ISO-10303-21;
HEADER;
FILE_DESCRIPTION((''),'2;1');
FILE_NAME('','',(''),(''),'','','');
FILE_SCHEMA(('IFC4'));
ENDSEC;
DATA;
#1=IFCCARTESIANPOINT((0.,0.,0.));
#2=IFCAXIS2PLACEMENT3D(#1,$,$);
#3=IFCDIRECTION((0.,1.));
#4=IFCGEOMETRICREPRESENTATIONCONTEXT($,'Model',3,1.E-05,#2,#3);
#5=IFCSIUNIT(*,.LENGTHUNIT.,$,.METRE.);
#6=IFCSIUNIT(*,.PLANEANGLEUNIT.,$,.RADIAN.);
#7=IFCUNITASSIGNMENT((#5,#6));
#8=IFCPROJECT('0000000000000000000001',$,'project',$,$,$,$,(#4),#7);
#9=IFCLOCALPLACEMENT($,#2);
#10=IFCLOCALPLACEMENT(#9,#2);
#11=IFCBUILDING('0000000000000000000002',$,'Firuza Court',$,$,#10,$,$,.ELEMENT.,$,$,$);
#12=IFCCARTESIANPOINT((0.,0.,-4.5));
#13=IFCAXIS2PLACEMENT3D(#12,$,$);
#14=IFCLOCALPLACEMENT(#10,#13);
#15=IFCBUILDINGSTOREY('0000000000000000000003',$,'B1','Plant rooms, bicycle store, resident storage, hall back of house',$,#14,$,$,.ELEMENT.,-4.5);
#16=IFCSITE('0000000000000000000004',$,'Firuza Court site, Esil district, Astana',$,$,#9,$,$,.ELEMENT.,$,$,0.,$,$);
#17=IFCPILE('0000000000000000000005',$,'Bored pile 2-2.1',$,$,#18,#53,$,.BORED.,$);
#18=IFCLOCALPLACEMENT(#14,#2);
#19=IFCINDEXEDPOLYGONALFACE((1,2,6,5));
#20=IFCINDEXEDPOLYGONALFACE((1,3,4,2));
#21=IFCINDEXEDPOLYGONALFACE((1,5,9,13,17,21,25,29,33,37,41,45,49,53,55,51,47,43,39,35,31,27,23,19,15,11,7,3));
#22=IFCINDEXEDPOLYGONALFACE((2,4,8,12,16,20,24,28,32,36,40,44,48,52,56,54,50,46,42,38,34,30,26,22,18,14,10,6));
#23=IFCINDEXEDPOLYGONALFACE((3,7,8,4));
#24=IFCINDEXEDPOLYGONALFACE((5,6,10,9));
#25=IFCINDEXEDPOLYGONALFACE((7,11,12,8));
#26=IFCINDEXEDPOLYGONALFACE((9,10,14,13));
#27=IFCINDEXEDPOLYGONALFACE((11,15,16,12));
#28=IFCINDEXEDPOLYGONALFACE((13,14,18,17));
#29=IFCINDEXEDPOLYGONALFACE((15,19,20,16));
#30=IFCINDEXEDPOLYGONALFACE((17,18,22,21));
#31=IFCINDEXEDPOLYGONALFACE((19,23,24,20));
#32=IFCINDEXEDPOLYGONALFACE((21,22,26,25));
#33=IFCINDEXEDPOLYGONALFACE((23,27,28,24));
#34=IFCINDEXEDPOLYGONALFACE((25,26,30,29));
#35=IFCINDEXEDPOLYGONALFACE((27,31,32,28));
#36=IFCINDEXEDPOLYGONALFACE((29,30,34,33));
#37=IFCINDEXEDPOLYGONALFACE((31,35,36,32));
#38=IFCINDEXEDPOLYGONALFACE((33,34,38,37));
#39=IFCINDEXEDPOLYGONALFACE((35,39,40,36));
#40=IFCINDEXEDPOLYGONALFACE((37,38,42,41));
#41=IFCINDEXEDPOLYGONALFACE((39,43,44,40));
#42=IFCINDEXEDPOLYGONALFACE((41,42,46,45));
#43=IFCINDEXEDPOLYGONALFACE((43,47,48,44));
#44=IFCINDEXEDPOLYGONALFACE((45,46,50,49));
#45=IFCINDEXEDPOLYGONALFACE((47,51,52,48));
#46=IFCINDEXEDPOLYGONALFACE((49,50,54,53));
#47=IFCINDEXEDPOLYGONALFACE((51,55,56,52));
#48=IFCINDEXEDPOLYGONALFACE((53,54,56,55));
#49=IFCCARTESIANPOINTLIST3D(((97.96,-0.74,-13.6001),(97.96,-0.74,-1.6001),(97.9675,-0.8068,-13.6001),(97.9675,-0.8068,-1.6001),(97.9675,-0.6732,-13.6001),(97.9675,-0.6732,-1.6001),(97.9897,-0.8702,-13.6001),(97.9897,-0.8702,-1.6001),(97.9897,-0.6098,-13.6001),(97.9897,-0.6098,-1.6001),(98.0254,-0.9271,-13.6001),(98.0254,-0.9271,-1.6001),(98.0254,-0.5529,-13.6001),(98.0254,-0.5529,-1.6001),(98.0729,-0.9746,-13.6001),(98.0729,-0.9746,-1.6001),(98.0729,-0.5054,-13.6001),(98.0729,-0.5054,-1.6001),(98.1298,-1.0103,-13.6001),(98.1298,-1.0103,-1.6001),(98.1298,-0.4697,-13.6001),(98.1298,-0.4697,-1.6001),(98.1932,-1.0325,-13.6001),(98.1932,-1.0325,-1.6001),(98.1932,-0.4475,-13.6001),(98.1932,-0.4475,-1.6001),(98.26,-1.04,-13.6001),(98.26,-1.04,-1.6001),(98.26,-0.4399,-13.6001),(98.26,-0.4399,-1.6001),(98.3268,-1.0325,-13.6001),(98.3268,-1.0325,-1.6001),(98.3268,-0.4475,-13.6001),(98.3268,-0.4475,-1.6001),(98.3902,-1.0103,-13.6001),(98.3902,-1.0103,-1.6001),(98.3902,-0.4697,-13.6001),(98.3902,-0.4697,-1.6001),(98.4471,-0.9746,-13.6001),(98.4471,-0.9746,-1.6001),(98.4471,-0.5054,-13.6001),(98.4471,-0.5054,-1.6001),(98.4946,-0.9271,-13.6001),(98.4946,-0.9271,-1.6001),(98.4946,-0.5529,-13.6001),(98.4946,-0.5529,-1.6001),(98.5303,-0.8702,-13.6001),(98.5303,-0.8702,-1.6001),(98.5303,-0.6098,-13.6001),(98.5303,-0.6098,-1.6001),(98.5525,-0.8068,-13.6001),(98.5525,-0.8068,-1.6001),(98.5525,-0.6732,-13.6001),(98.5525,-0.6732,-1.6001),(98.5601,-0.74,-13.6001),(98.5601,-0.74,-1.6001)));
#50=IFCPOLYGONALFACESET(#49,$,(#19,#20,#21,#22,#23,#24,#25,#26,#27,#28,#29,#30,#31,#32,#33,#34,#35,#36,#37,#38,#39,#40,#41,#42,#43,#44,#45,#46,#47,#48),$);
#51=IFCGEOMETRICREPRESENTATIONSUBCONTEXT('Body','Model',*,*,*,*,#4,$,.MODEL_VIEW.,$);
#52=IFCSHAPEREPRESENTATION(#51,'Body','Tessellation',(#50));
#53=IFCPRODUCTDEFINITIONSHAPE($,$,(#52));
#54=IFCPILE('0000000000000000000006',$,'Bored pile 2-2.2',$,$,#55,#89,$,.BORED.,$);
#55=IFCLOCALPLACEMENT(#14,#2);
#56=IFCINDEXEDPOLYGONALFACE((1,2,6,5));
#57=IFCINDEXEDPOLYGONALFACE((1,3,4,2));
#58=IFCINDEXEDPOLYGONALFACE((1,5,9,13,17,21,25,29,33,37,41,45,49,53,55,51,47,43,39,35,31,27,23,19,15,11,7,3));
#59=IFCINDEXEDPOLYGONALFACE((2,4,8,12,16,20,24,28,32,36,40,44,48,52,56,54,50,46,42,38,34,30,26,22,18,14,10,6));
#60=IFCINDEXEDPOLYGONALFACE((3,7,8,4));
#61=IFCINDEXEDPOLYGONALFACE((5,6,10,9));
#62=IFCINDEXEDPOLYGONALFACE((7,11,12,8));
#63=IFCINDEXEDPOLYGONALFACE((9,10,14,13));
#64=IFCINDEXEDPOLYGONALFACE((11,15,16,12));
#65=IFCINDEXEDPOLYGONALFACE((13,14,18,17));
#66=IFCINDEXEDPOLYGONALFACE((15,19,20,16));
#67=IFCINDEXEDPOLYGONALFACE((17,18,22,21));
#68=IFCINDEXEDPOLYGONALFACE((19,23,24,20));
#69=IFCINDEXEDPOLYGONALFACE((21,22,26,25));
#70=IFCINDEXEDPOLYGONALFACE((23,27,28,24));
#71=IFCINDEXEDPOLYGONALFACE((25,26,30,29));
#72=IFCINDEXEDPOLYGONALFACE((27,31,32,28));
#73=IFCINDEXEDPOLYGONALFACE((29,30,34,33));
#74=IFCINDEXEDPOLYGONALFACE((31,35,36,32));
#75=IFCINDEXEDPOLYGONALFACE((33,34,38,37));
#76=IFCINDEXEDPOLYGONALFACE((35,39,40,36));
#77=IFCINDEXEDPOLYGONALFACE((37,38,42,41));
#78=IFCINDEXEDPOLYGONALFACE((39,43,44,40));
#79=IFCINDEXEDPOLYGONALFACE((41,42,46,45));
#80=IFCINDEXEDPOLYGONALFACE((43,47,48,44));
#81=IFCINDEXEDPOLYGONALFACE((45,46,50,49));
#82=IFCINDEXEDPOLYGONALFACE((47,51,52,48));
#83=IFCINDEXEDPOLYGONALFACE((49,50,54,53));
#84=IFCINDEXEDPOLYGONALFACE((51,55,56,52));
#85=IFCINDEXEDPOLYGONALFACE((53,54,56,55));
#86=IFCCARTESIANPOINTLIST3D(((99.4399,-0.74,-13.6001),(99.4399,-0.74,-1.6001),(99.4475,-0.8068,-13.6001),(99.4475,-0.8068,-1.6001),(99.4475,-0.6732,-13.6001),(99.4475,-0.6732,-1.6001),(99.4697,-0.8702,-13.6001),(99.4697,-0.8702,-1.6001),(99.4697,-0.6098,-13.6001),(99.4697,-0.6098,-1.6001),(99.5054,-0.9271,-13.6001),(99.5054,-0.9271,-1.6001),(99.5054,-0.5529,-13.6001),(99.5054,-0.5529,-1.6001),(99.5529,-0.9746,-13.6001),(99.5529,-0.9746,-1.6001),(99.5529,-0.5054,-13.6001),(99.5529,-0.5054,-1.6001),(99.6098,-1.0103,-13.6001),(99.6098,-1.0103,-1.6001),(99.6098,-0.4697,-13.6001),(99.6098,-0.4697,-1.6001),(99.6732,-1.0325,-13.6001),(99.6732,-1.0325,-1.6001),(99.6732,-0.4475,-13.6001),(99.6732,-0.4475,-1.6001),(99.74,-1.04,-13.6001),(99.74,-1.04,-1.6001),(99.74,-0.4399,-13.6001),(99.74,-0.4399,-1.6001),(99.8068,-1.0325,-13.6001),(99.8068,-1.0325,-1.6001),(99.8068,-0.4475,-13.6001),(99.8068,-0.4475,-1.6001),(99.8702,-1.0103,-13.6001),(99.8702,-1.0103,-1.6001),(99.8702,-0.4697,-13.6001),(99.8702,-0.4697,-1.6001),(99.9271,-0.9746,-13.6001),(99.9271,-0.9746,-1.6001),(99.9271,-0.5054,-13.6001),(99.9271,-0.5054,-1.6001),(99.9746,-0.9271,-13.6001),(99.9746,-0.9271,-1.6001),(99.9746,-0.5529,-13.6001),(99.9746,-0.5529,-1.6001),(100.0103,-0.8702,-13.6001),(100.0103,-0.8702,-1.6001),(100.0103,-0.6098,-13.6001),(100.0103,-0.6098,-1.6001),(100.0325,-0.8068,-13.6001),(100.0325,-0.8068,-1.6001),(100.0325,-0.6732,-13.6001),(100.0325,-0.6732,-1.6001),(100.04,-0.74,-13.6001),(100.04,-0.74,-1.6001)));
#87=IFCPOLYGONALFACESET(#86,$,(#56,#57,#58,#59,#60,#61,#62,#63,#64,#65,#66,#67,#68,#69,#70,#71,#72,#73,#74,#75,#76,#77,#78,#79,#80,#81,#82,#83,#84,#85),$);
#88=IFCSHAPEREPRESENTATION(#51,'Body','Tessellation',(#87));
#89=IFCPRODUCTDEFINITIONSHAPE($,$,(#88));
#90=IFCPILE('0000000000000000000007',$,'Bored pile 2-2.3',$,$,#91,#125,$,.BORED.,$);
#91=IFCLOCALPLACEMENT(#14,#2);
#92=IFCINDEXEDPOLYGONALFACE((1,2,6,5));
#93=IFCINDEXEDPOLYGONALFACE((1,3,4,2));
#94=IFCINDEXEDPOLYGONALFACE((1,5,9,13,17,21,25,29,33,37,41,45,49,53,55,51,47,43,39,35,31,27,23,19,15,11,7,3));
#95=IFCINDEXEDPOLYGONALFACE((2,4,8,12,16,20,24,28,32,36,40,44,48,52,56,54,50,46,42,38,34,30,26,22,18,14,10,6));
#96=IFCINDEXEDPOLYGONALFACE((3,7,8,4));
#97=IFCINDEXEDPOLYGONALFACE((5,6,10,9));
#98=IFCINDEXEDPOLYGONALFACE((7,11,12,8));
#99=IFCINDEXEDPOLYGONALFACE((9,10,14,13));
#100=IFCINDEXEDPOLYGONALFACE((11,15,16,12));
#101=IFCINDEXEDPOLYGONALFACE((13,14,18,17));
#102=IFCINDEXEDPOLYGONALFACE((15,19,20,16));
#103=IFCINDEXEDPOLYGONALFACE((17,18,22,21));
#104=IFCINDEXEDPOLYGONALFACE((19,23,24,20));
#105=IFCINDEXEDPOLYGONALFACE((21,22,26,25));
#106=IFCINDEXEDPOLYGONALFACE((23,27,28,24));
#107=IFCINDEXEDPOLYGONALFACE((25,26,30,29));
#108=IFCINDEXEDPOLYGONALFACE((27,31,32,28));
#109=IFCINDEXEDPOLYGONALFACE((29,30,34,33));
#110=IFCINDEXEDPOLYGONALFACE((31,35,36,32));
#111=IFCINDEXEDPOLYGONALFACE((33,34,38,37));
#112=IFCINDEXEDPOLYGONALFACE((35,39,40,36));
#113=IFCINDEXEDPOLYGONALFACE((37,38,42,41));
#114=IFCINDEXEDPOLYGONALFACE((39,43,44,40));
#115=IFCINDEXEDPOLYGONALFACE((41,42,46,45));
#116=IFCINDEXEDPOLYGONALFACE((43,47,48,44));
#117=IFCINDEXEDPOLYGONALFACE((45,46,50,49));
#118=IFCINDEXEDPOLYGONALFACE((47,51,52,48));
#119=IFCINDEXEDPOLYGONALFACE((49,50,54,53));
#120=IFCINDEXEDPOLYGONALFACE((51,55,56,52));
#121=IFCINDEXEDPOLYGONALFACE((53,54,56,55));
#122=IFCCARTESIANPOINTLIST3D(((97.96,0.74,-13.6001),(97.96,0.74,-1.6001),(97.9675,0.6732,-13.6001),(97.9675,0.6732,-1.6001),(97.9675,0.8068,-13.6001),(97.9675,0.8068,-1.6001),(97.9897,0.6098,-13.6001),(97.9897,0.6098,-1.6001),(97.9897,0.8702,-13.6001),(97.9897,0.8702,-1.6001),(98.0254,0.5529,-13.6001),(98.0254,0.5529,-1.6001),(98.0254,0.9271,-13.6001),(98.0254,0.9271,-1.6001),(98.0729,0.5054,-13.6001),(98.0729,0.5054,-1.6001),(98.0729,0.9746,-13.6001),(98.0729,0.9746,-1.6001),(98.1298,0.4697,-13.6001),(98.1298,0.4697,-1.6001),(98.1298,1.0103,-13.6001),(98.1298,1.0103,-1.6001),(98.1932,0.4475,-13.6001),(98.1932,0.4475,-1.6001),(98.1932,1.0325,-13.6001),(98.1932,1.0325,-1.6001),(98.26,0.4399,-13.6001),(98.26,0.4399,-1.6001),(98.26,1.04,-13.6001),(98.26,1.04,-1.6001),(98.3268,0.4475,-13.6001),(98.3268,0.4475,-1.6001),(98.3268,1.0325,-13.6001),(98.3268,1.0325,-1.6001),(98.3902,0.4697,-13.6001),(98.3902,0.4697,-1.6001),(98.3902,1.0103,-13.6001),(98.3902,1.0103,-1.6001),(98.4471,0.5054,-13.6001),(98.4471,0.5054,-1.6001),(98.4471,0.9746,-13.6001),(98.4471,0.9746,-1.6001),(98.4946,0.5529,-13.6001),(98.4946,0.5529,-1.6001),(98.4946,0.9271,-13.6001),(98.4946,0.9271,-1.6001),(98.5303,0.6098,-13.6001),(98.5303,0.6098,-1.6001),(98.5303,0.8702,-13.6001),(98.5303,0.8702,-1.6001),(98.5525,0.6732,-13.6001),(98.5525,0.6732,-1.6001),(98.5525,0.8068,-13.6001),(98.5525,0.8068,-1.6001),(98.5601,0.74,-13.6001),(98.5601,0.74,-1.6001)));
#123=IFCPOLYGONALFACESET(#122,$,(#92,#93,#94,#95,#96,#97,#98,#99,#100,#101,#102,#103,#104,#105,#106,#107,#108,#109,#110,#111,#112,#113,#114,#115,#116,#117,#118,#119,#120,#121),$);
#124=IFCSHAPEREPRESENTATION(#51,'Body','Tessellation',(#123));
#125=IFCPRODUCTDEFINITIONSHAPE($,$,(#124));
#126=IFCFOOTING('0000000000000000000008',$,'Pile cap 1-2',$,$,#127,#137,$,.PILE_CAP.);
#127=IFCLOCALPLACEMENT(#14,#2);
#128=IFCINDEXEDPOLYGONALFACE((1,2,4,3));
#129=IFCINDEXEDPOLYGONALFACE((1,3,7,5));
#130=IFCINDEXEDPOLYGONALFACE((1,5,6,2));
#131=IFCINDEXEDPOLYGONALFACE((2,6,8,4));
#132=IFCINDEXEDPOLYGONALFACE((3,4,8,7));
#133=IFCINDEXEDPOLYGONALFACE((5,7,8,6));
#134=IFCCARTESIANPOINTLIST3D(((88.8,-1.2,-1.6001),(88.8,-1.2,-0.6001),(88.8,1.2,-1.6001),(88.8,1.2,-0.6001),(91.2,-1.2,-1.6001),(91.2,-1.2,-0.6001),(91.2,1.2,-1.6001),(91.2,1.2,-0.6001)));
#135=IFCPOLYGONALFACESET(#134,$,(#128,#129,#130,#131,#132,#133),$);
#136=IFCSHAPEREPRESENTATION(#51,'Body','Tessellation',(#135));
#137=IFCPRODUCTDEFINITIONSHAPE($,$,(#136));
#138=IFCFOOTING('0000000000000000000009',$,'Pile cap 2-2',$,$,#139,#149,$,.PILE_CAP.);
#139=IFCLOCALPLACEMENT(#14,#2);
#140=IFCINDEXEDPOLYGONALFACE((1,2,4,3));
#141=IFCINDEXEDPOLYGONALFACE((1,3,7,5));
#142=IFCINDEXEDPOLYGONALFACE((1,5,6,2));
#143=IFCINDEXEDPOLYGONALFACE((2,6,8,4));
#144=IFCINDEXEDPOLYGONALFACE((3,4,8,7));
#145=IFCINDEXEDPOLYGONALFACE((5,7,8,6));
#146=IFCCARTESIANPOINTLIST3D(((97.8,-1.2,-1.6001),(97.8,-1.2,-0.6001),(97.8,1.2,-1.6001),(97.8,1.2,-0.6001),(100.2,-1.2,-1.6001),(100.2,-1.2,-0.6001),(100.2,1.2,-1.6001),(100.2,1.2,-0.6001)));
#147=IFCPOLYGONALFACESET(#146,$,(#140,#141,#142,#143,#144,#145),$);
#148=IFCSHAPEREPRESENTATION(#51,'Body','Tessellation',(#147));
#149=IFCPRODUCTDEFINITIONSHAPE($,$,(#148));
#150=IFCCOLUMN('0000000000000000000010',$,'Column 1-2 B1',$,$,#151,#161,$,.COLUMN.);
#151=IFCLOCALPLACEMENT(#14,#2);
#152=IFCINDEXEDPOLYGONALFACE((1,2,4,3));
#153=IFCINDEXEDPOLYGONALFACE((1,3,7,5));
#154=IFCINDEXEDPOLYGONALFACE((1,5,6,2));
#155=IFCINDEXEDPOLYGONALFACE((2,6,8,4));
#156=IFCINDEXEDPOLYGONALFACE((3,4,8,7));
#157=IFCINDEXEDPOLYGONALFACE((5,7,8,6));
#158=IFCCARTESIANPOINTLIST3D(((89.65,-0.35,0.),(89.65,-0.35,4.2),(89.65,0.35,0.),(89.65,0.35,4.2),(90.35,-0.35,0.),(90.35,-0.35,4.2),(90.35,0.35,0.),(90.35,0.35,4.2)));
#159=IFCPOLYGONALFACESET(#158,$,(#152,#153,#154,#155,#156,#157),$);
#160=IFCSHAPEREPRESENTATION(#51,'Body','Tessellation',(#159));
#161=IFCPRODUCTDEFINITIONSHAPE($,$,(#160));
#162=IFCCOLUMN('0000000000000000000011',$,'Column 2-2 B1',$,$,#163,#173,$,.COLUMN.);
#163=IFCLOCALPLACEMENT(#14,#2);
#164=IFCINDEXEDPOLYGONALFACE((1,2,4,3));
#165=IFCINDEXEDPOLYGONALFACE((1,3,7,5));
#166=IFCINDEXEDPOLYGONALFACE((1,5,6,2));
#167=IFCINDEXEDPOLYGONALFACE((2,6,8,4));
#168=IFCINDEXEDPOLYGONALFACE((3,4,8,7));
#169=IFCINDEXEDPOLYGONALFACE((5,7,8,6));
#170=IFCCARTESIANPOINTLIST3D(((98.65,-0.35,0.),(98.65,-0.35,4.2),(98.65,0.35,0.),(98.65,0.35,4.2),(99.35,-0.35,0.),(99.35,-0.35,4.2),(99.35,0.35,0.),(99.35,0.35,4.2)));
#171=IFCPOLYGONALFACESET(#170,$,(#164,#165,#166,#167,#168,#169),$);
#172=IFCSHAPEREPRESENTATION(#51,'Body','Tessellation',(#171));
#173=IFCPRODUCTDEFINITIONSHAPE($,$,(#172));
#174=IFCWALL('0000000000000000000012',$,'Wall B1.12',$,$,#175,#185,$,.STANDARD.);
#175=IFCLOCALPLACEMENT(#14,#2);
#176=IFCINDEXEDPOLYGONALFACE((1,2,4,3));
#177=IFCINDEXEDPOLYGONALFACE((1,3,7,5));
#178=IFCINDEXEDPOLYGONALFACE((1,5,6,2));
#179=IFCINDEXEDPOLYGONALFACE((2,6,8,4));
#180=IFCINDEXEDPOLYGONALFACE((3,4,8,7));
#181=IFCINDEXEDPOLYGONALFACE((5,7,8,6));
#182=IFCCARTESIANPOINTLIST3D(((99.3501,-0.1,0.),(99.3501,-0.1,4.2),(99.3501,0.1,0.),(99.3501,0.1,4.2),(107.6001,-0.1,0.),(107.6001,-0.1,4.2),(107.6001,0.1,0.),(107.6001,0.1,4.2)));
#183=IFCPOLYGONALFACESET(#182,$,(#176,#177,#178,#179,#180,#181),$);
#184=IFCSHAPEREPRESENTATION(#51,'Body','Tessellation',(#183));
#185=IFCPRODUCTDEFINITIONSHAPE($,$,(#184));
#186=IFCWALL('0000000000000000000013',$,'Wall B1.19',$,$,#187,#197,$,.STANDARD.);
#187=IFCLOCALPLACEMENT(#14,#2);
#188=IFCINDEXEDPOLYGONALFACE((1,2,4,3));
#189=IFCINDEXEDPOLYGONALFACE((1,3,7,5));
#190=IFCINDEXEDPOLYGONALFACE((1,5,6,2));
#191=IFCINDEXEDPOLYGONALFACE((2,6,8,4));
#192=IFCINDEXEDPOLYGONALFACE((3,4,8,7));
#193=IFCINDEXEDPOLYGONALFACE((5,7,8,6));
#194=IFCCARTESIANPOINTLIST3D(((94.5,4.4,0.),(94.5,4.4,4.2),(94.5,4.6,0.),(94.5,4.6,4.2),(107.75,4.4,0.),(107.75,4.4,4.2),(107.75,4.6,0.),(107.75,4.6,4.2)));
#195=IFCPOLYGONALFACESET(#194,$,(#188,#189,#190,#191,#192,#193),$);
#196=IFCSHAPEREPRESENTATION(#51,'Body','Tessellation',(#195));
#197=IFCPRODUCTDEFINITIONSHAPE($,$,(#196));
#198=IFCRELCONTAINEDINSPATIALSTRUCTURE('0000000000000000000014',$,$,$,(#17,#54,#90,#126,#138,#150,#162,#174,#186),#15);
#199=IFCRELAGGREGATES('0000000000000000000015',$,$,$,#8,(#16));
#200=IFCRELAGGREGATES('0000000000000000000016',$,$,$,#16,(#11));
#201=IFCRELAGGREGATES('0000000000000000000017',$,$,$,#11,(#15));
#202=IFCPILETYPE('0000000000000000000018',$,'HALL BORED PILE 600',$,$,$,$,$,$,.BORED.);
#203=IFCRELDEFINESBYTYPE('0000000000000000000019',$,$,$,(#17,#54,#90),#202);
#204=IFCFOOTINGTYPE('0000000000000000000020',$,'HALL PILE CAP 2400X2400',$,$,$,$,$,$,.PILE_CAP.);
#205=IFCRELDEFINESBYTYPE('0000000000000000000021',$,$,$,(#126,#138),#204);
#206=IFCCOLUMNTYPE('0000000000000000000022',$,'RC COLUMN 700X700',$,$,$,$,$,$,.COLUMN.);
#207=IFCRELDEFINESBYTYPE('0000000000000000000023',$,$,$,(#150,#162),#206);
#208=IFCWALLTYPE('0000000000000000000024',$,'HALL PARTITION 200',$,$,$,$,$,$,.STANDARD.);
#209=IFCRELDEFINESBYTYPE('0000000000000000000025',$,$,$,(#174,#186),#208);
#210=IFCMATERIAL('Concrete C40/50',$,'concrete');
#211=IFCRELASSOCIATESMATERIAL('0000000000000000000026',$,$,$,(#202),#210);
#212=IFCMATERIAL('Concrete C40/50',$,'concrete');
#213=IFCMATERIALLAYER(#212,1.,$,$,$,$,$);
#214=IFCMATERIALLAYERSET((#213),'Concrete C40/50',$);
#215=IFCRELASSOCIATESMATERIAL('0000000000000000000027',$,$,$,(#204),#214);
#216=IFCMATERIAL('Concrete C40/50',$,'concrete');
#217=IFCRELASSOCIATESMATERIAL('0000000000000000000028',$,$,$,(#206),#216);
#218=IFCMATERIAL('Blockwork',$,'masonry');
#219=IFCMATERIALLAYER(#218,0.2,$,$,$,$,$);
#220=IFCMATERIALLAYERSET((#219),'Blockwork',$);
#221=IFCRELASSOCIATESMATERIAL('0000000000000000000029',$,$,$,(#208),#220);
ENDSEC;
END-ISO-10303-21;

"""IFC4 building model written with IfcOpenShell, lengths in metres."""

from ifc_helpers import new_model, si_unit, direction, frame, frame_2d, origin, origin_2d, place, context, subcontext, project, spatial, rectangle, circle, extrude, material, layer, layer_set, material_profile, profile_set, type_object, element, save


model = new_model("IFC4")

# Units and contexts
model_context = context("Model", 3, precision=1e-05, world=origin(), true_north=direction((0.0, 1.0)))
body_context = subcontext(model_context, "Body", "Model", "MODEL_VIEW")
ifc_project = project(units=[si_unit("LENGTHUNIT", "METRE"), si_unit("PLANEANGLEUNIT", "RADIAN")], contexts=[model_context])

# Site, building, storey
site_placement = place(None, origin())
site = spatial("IfcSite", under=ifc_project, at=site_placement, Name="Firuza Court site, Esil district, Astana", CompositionType="ELEMENT", RefElevation=0.0)
building_placement = place(site_placement, origin())
building = spatial("IfcBuilding", under=site, at=building_placement, Name="Firuza Court", CompositionType="ELEMENT")
storey_placement = place(building_placement, frame((0.0, 0.0, -4.5)))
storey = spatial("IfcBuildingStorey", under=building, at=storey_placement, Name="B1", Description="Plant rooms, bicycle store, resident storage, hall back of house", CompositionType="ELEMENT", Elevation=-4.5)

# Piles
ifc_material_1 = material(Name="Concrete C40/50", Category="concrete")
ifc_material_profile_1 = material_profile(ifc_material_1, circle(Radius=0.3, at=origin_2d()), Name="PILE 600")
ifc_profile_set_1 = profile_set([ifc_material_profile_1], Name="Concrete C40/50")
pile_type = type_object("IfcPileType", Name="HALL BORED PILE 600", PredefinedType="BORED", material=ifc_profile_set_1)
for number, where, z_axis, x_axis, name in (
    (1, (98.26, -0.74, -1.6001), (0.0, 0.0, -1.0), (1.0, 0.0, 0.0), "Bored pile 2-2.1"),
    (2, (99.74, -0.74, -1.6001), (0.0, 0.0, -1.0), (1.0, 0.0, 0.0), "Bored pile 2-2.2"),
    (3, (98.26, 0.74, -1.6001), (0.0, 0.0, -1.0), (1.0, 0.0, 0.0), "Bored pile 2-2.3"),
):
    element("IfcPile", number, at=place(storey_placement, frame(where, z_axis=z_axis, x_axis=x_axis)), inside=storey, type_object=pile_type, Name=name, PredefinedType="BORED", context=body_context, shape_type="SweptSolid", body=[
        extrude(circle(Radius=0.3, at=origin_2d()), origin(), (0.0, 0.0, 1.0), 12.0),
    ])

# Footings
ifc_material_2 = material(Name="Concrete C40/50", Category="concrete")
ifc_layer_1 = layer(ifc_material_2, 1.0)
ifc_layer_set_1 = layer_set([ifc_layer_1], Name="Concrete C40/50")
footing_type = type_object("IfcFootingType", Name="HALL PILE CAP 2400X2400", PredefinedType="PILE_CAP", material=ifc_layer_set_1)
for number, where, z_axis, x_axis, name in (
    (4, (90.0, 0.0, -1.6001), (0.0, 0.0, 1.0), (1.0, 0.0, 0.0), "Pile cap 1-2"),
    (5, (99.0, 0.0, -1.6001), (0.0, 0.0, 1.0), (1.0, 0.0, 0.0), "Pile cap 2-2"),
):
    element("IfcFooting", number, at=place(storey_placement, frame(where, z_axis=z_axis, x_axis=x_axis)), inside=storey, type_object=footing_type, Name=name, PredefinedType="PILE_CAP", context=body_context, shape_type="SweptSolid", body=[
        extrude(rectangle(XDim=2.3999, YDim=2.3999, at=origin_2d()), origin(), (0.0, 0.0, 1.0), 1.0),
    ])

# Columns
ifc_material_3 = material(Name="Concrete C40/50", Category="concrete")
ifc_material_profile_2 = material_profile(ifc_material_3, rectangle(XDim=0.7, YDim=0.7, at=origin_2d()), Name="RC 700X700")
ifc_profile_set_2 = profile_set([ifc_material_profile_2], Name="Concrete C40/50")
column_type = type_object("IfcColumnType", Name="RC COLUMN 700X700", PredefinedType="COLUMN", material=ifc_profile_set_2)
for number, where, z_axis, x_axis, name in (
    (6, (90.0, 0.0, 0.0), (0.0, 0.0, 1.0), (1.0, 0.0, 0.0), "Column 1-2 B1"),
    (7, (99.0, 0.0, 0.0), (0.0, 0.0, 1.0), (1.0, 0.0, 0.0), "Column 2-2 B1"),
):
    element("IfcColumn", number, at=place(storey_placement, frame(where, z_axis=z_axis, x_axis=x_axis)), inside=storey, type_object=column_type, Name=name, PredefinedType="COLUMN", context=body_context, shape_type="SweptSolid", body=[
        extrude(rectangle(XDim=0.7, YDim=0.7, at=origin_2d()), origin(), (0.0, 0.0, 1.0), 4.2),
    ])

# Walls
ifc_material_4 = material(Name="Blockwork", Category="masonry")
ifc_layer_2 = layer(ifc_material_4, 0.2)
ifc_layer_set_2 = layer_set([ifc_layer_2], Name="Blockwork")
wall_type_1 = type_object("IfcWallType", Name="HALL PARTITION 200", PredefinedType="STANDARD", material=ifc_layer_set_2)
wall_1_placement = place(storey_placement, frame((99.3501, 0.0, 0.0), z_axis=(0.0, 0.0, 1.0), x_axis=(1.0, 0.0, 0.0)))
element("IfcWall", 8, at=wall_1_placement, inside=storey, type_object=wall_type_1, Name="Wall B1.12", PredefinedType="STANDARD", context=body_context, shape_type="SweptSolid", body=[
    extrude(rectangle(XDim=8.25, YDim=0.2, at=frame_2d((4.125, 0.0))), origin(), (0.0, 0.0, 1.0), 4.2),
])
wall_2_placement = place(storey_placement, frame((94.5, 4.5, 0.0), z_axis=(0.0, 0.0, 1.0), x_axis=(1.0, 0.0, 0.0)))
element("IfcWall", 9, at=wall_2_placement, inside=storey, type_object=wall_type_1, Name="Wall B1.19", PredefinedType="STANDARD", context=body_context, shape_type="SweptSolid", body=[
    extrude(rectangle(XDim=13.25, YDim=0.2, at=frame_2d((6.625, 0.0))), origin(), (0.0, 0.0, 1.0), 4.2),
])

save(model, "model.ifc")
